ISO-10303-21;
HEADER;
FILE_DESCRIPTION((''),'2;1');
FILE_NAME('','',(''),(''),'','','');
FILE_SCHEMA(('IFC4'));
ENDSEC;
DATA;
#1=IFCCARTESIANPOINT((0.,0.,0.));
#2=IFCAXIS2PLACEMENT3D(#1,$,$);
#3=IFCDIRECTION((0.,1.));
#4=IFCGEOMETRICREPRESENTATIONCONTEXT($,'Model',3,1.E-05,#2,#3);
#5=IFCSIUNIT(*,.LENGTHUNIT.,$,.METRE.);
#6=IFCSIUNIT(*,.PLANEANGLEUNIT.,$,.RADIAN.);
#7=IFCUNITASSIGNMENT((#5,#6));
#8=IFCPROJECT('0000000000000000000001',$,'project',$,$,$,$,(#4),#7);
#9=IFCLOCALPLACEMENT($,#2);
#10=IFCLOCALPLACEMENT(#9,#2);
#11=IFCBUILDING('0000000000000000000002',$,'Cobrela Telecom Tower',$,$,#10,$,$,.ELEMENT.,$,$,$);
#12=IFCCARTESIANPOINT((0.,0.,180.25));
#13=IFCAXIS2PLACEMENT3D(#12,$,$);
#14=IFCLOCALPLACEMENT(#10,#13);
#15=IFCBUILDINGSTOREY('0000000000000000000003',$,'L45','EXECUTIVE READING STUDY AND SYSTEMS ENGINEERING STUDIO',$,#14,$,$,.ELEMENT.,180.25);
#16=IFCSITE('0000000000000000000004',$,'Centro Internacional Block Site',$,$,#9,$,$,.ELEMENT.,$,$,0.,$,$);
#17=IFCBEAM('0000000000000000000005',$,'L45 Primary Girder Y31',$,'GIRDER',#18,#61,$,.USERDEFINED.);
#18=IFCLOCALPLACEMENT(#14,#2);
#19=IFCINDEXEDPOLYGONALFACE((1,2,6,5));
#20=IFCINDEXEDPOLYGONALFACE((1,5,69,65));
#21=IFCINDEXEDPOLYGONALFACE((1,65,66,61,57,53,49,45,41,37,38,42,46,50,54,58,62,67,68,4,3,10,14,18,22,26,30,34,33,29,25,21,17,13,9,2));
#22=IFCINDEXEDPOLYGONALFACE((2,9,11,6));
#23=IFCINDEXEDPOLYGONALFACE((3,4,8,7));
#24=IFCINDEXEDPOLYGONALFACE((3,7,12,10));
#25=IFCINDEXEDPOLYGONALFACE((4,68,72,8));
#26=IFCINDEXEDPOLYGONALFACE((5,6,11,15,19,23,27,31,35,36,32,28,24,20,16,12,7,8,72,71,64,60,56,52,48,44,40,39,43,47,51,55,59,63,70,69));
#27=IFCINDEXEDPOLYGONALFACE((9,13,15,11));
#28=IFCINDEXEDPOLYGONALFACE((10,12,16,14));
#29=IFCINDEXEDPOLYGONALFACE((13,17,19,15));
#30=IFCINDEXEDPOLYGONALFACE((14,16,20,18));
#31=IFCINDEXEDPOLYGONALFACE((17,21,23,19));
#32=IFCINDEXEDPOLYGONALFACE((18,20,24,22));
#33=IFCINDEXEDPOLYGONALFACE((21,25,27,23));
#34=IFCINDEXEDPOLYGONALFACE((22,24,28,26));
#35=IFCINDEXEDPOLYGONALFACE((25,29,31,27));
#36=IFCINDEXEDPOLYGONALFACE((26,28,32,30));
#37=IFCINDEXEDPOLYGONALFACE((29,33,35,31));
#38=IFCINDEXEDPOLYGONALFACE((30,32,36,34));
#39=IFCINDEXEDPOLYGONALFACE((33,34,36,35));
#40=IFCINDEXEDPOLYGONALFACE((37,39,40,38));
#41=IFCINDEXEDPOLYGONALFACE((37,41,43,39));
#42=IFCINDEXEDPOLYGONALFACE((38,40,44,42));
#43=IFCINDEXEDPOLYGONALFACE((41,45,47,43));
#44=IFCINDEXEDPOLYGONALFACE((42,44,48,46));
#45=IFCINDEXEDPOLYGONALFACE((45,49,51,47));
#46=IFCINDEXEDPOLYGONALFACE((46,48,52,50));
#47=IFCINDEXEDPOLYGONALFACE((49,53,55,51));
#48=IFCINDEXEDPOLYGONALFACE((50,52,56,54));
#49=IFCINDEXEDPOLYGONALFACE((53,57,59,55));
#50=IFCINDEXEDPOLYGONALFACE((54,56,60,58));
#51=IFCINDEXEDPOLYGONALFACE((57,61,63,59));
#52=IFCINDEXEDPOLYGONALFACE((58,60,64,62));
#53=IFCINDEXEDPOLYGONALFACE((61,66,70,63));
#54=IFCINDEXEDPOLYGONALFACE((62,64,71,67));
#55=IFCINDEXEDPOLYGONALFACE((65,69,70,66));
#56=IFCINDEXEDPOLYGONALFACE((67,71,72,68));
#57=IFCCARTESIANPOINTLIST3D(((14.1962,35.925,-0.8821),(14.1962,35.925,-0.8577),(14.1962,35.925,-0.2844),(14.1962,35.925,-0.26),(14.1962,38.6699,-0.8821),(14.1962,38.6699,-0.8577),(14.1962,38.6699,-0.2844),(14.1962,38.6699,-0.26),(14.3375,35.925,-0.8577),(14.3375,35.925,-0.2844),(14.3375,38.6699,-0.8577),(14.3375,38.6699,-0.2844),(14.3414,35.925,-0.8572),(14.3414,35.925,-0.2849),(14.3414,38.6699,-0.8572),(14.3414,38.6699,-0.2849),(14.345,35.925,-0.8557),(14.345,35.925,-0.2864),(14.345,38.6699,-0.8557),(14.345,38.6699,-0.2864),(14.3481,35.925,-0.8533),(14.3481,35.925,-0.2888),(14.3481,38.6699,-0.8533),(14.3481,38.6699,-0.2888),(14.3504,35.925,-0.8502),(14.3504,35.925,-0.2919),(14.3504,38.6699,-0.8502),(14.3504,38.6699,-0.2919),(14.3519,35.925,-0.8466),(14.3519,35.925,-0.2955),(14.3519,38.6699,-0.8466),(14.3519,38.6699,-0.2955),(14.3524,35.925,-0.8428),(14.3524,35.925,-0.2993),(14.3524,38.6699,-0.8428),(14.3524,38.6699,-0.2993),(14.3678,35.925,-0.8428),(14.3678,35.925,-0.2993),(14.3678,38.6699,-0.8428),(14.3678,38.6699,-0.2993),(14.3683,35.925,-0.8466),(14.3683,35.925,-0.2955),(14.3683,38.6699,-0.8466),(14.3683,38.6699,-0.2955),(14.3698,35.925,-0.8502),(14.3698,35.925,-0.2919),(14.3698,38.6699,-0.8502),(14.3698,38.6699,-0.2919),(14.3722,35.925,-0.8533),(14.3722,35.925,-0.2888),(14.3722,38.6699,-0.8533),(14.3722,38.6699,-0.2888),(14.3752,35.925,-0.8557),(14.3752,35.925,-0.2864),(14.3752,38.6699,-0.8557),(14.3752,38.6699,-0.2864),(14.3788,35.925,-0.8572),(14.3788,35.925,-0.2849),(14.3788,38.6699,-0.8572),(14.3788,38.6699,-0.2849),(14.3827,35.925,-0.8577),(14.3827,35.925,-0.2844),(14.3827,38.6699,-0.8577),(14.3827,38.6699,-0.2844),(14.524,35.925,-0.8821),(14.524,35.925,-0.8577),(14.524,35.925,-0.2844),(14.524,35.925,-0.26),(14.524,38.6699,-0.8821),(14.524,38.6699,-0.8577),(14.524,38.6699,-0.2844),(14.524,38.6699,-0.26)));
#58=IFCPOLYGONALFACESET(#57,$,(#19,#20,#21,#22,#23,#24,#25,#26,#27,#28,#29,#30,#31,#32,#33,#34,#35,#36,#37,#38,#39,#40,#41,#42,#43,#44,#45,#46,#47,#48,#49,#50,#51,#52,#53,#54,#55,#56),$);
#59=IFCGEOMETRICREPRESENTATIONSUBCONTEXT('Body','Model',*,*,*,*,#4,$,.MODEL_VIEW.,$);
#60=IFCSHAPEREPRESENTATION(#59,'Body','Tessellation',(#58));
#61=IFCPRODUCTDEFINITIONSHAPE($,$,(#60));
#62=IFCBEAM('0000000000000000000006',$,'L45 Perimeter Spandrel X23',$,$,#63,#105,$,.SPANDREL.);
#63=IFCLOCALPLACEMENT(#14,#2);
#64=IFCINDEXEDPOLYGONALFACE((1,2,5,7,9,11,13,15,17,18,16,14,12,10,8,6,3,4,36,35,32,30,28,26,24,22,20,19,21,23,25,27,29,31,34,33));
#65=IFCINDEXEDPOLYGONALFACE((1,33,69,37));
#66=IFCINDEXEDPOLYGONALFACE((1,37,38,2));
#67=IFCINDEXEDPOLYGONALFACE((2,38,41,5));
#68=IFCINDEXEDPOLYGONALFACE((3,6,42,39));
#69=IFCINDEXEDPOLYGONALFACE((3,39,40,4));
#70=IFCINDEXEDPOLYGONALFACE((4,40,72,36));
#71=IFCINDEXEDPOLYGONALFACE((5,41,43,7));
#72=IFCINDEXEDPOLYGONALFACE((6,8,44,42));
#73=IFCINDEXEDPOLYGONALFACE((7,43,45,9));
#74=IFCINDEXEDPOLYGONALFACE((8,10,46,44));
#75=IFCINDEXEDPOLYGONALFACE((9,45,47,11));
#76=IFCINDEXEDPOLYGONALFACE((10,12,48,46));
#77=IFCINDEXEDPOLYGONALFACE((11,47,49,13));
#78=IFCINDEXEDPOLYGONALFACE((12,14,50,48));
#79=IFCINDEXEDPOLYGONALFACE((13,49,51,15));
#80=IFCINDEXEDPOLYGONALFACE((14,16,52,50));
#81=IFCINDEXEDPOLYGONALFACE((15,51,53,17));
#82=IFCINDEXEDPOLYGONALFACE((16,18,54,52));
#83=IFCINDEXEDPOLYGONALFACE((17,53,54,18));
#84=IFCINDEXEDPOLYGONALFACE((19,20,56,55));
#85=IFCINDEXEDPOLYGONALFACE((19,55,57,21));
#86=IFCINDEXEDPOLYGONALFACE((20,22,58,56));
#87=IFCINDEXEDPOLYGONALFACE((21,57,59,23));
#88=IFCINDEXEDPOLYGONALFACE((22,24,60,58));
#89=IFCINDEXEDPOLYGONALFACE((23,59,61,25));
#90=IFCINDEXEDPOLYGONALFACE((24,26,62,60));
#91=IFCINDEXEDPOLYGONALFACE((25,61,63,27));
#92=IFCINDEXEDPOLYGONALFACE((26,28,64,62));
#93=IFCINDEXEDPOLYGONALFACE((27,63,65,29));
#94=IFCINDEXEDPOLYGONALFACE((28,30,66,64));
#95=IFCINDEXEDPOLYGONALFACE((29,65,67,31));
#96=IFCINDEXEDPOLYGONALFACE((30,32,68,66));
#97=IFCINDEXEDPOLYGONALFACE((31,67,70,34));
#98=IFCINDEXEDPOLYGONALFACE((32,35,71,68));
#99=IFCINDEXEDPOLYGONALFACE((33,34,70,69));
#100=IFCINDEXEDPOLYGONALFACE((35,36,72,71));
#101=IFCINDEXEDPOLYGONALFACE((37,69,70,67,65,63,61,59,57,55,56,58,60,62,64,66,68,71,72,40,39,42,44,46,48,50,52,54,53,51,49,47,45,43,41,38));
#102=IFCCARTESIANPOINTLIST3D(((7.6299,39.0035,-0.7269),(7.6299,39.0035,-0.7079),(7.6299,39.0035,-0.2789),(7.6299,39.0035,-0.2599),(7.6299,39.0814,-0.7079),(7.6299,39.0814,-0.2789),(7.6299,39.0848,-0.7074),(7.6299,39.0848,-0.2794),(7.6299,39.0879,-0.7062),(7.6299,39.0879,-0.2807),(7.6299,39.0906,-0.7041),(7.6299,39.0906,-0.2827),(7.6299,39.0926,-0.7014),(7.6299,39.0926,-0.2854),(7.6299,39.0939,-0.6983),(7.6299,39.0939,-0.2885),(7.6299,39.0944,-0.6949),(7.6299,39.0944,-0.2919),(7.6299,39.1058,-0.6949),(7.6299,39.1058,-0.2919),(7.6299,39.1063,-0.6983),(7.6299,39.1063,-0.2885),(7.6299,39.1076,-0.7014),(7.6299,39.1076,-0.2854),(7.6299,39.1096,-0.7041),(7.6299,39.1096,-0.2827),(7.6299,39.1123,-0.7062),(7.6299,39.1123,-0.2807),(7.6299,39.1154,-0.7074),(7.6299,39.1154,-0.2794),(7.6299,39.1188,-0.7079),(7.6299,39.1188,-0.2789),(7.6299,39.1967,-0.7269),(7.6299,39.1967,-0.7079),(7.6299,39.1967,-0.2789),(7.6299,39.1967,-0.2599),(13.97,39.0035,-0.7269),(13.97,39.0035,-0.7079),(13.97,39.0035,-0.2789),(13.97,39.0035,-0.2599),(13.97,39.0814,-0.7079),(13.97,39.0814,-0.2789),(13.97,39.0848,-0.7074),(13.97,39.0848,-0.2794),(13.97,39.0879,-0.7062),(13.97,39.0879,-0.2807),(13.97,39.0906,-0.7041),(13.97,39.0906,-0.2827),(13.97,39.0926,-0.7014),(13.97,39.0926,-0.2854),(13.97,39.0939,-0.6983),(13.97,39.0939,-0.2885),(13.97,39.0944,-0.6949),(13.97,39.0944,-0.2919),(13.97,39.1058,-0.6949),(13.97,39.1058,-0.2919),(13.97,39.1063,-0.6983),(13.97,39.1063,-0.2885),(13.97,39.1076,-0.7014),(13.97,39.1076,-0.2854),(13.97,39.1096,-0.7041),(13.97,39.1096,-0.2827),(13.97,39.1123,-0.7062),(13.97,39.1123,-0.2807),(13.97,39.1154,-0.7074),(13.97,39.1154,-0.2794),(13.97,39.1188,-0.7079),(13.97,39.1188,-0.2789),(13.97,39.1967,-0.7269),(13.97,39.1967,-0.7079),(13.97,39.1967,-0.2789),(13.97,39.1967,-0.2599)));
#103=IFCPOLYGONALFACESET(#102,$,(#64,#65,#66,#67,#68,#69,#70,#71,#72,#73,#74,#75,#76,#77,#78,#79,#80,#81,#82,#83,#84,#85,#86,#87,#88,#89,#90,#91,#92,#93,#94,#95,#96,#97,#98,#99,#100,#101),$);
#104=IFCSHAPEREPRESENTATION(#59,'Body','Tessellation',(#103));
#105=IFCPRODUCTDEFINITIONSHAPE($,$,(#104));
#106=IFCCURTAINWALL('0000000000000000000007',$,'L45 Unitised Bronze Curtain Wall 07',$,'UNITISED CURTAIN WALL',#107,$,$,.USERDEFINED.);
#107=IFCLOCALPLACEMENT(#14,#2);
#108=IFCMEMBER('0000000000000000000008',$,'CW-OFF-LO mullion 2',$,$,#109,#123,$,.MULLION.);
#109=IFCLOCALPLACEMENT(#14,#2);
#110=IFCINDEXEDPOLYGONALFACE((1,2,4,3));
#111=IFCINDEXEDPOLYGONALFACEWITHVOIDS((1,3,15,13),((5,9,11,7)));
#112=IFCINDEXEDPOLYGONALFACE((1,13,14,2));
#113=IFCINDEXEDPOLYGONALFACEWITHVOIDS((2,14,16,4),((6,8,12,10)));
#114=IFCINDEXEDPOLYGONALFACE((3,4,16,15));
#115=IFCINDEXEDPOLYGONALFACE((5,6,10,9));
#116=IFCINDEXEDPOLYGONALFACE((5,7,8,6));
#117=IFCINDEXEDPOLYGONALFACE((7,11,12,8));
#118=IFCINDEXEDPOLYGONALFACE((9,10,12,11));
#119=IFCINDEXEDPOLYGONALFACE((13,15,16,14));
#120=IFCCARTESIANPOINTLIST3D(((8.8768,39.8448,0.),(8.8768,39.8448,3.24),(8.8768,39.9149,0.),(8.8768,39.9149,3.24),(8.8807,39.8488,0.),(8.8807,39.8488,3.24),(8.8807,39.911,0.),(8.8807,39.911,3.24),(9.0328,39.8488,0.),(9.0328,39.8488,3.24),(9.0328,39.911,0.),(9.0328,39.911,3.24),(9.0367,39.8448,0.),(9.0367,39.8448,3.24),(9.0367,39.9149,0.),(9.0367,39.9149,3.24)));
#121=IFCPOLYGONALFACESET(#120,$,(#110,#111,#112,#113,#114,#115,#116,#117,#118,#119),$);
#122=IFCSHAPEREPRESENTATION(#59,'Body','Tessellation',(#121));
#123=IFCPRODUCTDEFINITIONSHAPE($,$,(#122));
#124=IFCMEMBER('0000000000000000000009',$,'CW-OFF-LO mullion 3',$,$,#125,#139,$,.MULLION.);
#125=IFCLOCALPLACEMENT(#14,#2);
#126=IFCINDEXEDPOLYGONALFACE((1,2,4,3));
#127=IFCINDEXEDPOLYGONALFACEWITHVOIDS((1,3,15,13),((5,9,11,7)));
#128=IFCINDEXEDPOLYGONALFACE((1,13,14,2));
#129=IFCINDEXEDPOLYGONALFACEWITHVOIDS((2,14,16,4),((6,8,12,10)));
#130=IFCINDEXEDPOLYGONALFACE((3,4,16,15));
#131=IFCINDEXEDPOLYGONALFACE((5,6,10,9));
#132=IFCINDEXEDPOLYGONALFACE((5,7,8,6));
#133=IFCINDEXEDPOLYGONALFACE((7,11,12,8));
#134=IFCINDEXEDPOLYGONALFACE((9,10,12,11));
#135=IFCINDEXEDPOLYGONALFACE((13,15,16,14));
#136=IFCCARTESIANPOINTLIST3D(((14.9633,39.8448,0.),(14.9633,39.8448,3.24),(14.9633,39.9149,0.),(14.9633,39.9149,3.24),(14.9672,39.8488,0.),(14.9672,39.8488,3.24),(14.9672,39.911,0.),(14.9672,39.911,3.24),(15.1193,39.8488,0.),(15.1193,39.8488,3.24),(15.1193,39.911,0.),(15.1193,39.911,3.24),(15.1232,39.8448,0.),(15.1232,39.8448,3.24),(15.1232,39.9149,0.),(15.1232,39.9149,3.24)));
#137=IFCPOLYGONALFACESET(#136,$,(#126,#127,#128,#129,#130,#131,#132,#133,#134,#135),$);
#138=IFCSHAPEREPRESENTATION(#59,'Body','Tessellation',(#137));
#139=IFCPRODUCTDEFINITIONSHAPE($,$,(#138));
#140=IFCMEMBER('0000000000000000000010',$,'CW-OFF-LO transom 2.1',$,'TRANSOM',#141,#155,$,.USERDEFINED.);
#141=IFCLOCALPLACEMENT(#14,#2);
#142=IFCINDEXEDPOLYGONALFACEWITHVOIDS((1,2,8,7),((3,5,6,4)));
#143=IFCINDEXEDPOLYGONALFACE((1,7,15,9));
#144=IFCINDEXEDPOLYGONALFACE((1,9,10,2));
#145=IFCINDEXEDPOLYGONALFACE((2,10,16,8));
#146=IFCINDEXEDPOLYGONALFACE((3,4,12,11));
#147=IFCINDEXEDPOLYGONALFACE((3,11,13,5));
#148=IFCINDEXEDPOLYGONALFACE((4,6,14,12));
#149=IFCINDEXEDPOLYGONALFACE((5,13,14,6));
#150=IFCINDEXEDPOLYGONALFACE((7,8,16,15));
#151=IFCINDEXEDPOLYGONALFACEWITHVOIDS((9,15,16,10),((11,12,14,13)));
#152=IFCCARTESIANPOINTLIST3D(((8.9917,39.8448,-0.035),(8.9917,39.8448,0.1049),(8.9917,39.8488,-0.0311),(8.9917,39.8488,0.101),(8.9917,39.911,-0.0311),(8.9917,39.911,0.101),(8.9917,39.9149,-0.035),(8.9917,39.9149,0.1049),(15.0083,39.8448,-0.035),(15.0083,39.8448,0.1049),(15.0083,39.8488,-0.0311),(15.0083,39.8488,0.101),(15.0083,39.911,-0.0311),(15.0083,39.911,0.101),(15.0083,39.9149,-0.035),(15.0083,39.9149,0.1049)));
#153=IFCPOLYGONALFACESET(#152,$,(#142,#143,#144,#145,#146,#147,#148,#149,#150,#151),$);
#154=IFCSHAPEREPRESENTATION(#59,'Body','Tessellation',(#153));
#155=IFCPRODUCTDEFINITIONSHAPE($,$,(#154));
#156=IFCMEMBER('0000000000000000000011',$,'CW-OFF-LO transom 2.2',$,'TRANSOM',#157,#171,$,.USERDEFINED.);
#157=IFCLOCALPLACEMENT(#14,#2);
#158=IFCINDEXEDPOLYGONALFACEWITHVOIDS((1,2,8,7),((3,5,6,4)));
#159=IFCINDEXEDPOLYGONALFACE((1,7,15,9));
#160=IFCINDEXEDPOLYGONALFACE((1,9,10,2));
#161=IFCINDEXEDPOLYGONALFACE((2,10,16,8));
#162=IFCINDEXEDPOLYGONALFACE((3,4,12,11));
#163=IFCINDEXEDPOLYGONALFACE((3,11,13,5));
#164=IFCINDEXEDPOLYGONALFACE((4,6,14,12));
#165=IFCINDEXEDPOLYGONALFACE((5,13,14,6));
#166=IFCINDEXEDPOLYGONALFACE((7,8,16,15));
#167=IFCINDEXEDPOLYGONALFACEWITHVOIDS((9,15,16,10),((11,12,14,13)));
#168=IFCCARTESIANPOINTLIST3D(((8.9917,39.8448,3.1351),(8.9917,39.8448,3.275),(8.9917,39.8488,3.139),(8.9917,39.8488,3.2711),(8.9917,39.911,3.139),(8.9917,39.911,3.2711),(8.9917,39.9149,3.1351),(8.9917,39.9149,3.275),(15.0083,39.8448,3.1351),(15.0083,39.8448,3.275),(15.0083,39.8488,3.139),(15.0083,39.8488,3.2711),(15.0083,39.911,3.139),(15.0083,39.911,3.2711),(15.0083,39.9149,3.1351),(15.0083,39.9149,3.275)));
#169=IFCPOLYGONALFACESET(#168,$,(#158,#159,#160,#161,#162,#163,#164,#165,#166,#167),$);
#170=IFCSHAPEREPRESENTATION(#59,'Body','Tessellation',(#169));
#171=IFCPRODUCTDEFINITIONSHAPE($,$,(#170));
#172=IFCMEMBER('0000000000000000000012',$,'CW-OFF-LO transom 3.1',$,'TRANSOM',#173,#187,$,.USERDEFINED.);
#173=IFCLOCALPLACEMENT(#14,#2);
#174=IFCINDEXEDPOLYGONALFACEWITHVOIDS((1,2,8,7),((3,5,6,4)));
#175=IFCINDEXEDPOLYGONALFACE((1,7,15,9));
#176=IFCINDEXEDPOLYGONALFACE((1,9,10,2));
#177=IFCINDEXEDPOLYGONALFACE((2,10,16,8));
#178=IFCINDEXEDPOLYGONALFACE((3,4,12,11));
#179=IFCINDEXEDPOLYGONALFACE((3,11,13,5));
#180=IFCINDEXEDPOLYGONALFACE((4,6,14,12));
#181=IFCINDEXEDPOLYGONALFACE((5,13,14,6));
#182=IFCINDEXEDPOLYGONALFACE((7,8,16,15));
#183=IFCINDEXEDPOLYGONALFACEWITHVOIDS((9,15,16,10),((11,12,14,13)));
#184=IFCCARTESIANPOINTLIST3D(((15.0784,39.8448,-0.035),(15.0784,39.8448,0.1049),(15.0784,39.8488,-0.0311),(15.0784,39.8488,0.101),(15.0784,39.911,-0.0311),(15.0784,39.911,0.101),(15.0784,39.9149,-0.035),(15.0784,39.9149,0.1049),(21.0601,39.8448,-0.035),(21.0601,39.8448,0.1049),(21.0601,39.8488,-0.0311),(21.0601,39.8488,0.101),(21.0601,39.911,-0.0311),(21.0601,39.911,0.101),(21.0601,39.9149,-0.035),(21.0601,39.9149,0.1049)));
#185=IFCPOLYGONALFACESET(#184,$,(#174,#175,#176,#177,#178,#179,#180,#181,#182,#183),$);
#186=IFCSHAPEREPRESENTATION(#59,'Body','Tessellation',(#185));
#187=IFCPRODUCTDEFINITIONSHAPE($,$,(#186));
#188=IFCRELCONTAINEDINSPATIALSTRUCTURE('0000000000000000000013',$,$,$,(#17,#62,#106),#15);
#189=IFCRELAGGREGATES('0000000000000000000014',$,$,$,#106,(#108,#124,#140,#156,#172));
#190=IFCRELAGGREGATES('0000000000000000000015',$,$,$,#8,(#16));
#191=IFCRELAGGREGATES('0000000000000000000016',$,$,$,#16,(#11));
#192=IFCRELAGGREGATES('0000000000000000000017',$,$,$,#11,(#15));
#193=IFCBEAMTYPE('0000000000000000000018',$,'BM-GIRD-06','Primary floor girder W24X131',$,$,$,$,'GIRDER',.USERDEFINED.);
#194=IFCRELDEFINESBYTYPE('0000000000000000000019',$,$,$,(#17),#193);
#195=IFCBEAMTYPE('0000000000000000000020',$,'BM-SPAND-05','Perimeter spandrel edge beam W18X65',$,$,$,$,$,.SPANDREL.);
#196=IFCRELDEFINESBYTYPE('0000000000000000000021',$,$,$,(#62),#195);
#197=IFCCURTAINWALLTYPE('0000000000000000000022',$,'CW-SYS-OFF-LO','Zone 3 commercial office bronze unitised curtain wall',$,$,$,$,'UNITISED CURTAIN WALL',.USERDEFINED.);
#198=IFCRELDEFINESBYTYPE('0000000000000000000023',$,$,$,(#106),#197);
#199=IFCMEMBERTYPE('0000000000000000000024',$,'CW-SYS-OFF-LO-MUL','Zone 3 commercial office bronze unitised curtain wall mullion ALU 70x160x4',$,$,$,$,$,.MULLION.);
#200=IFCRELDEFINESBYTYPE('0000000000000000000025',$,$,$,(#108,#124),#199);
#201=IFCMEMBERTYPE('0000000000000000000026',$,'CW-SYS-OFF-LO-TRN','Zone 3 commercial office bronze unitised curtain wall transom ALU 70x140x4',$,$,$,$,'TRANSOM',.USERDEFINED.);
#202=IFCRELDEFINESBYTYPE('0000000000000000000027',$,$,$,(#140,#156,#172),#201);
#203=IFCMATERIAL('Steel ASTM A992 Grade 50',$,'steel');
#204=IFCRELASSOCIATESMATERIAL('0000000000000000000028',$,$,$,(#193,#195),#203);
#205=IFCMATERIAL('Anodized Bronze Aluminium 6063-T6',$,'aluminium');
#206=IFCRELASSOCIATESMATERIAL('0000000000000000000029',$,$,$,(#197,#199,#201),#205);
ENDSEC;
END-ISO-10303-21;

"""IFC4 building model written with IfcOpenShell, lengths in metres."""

from ifc_helpers import new_model, si_unit, direction, frame, origin, origin_2d, place, context, subcontext, project, spatial, hollow_rectangle, i_section, extrude, material, material_profile, profile_set, type_object, element, aggregate, save


model = new_model("IFC4")

# Units and contexts
model_context = context("Model", 3, precision=1e-05, world=origin(), true_north=direction((0.0, 1.0)))
body_context = subcontext(model_context, "Body", "Model", "MODEL_VIEW")
ifc_project = project(units=[si_unit("LENGTHUNIT", "METRE"), si_unit("PLANEANGLEUNIT", "RADIAN")], contexts=[model_context])

# Site, building, storey
site_placement = place(None, origin())
site = spatial("IfcSite", under=ifc_project, at=site_placement, Name="Centro Internacional Block Site", CompositionType="ELEMENT", RefElevation=0.0)
building_placement = place(site_placement, origin())
building = spatial("IfcBuilding", under=site, at=building_placement, Name="Cobrela Telecom Tower", CompositionType="ELEMENT")
storey_placement = place(building_placement, frame((0.0, 0.0, 180.25)))
storey = spatial("IfcBuildingStorey", under=building, at=storey_placement, Name="L45", Description="EXECUTIVE READING STUDY AND SYSTEMS ENGINEERING STUDIO", CompositionType="ELEMENT", Elevation=180.25)

# Beams
ifc_material_1 = material(Name="Steel ASTM A992 Grade 50", Category="steel")
ifc_material_profile_1 = material_profile(ifc_material_1, i_section(OverallWidth=0.3279, OverallDepth=0.6221, WebThickness=0.0154, FlangeThickness=0.0244, FilletRadius=0.0149, at=origin_2d()), Name="W24X131")
ifc_profile_set_1 = profile_set([ifc_material_profile_1], Name="Steel ASTM A992 Grade 50")
beam_type_1 = type_object("IfcBeamType", Name="BM-GIRD-06", Description="Primary floor girder W24X131", ElementType="GIRDER", PredefinedType="USERDEFINED", material=ifc_profile_set_1)
for number, where, z_axis, x_axis, name in (
    (1, (14.3601, 35.925, -0.571), (0.0, 1.0, 0.0), (-1.0, 0.0, 0.0), "L45 Primary Girder Y31"),
):
    element("IfcBeam", number, at=place(storey_placement, frame(where, z_axis=z_axis, x_axis=x_axis)), inside=storey, type_object=beam_type_1, Name=name, ObjectType="GIRDER", PredefinedType="USERDEFINED", context=body_context, shape_type="SweptSolid", body=[
        extrude(i_section(OverallWidth=0.3279, OverallDepth=0.6221, WebThickness=0.0154, FlangeThickness=0.0244, FilletRadius=0.0149, at=origin_2d()), origin(), (0.0, 0.0, 1.0), 2.7449),
    ])
ifc_material_profile_2 = material_profile(ifc_material_1, i_section(OverallWidth=0.1931, OverallDepth=0.467, WebThickness=0.0115, FlangeThickness=0.019, FilletRadius=0.0129, at=origin_2d()), Name="W18X65")
ifc_profile_set_2 = profile_set([ifc_material_profile_2], Name="Steel ASTM A992 Grade 50")
beam_type_2 = type_object("IfcBeamType", Name="BM-SPAND-05", Description="Perimeter spandrel edge beam W18X65", PredefinedType="SPANDREL", material=ifc_profile_set_2)
beam_1_placement = place(storey_placement, frame((7.6299, 39.1001, -0.4934), z_axis=(1.0, 0.0, 0.0), x_axis=(0.0, 1.0, 0.0)))
element("IfcBeam", 2, at=beam_1_placement, inside=storey, type_object=beam_type_2, Name="L45 Perimeter Spandrel X23", PredefinedType="SPANDREL", context=body_context, shape_type="SweptSolid", body=[
    extrude(i_section(OverallWidth=0.1931, OverallDepth=0.467, WebThickness=0.0115, FlangeThickness=0.019, FilletRadius=0.0129, at=origin_2d()), origin(), (0.0, 0.0, 1.0), 6.3401),
])

# Curtain wall, members
ifc_material_2 = material(Name="Anodized Bronze Aluminium 6063-T6", Category="aluminium")
curtain_wall_type = type_object("IfcCurtainWallType", Name="CW-SYS-OFF-LO", Description="Zone 3 commercial office bronze unitised curtain wall", ElementType="UNITISED CURTAIN WALL", PredefinedType="USERDEFINED", material=ifc_material_2)
curtain_wall_placement = place(storey_placement, origin())
curtain_wall = element("IfcCurtainWall", 3, at=curtain_wall_placement, inside=storey, type_object=curtain_wall_type, Name="L45 Unitised Bronze Curtain Wall 07", ObjectType="UNITISED CURTAIN WALL", PredefinedType="USERDEFINED")
ifc_material_profile_3 = material_profile(ifc_material_2, hollow_rectangle(XDim=0.0701, YDim=0.1599, WallThickness=0.0039, at=origin_2d()), Name="ALU 70x160x4")
ifc_profile_set_3 = profile_set([ifc_material_profile_3], Name="Anodized Bronze Aluminium 6063-T6")
member_type_1 = type_object("IfcMemberType", Name="CW-SYS-OFF-LO-MUL", Description="Zone 3 commercial office bronze unitised curtain wall mullion ALU 70x160x4", PredefinedType="MULLION", material=ifc_profile_set_3)
member_1_placement = place(storey_placement, frame((8.9568, 39.8799, 0.0), z_axis=(0.0, 0.0, 1.0), x_axis=(0.0, 1.0, 0.0)))
member_1 = element("IfcMember", 4, at=member_1_placement, type_object=member_type_1, Name="CW-OFF-LO mullion 2", PredefinedType="MULLION", context=body_context, shape_type="SweptSolid", body=[
    extrude(hollow_rectangle(XDim=0.0701, YDim=0.1599, WallThickness=0.0039, at=origin_2d()), origin(), (0.0, 0.0, 1.0), 3.24),
])
member_2_placement = place(storey_placement, frame((15.0432, 39.8799, 0.0), z_axis=(0.0, 0.0, 1.0), x_axis=(0.0, 1.0, 0.0)))
member_2 = element("IfcMember", 5, at=member_2_placement, type_object=member_type_1, Name="CW-OFF-LO mullion 3", PredefinedType="MULLION", context=body_context, shape_type="SweptSolid", body=[
    extrude(hollow_rectangle(XDim=0.0701, YDim=0.1599, WallThickness=0.0039, at=origin_2d()), origin(), (0.0, 0.0, 1.0), 3.24),
])
ifc_material_profile_4 = material_profile(ifc_material_2, hollow_rectangle(XDim=0.0701, YDim=0.1399, WallThickness=0.0039, at=origin_2d()), Name="ALU 70x140x4")
ifc_profile_set_4 = profile_set([ifc_material_profile_4], Name="Anodized Bronze Aluminium 6063-T6")
member_type_2 = type_object("IfcMemberType", Name="CW-SYS-OFF-LO-TRN", Description="Zone 3 commercial office bronze unitised curtain wall transom ALU 70x140x4", ElementType="TRANSOM", PredefinedType="USERDEFINED", material=ifc_profile_set_4)
member_3_placement = place(storey_placement, frame((8.9917, 39.8799, 0.0349), z_axis=(1.0, 0.0, 0.0), x_axis=(0.0, 1.0, 0.0)))
member_3 = element("IfcMember", 6, at=member_3_placement, type_object=member_type_2, Name="CW-OFF-LO transom 2.1", ObjectType="TRANSOM", PredefinedType="USERDEFINED", context=body_context, shape_type="SweptSolid", body=[
    extrude(hollow_rectangle(XDim=0.0701, YDim=0.1399, WallThickness=0.0039, at=origin_2d()), origin(), (0.0, 0.0, 1.0), 6.0166),
])
member_4_placement = place(storey_placement, frame((8.9917, 39.8799, 3.2051), z_axis=(1.0, 0.0, 0.0), x_axis=(0.0, 1.0, 0.0)))
member_4 = element("IfcMember", 7, at=member_4_placement, type_object=member_type_2, Name="CW-OFF-LO transom 2.2", ObjectType="TRANSOM", PredefinedType="USERDEFINED", context=body_context, shape_type="SweptSolid", body=[
    extrude(hollow_rectangle(XDim=0.0701, YDim=0.1399, WallThickness=0.0039, at=origin_2d()), origin(), (0.0, 0.0, 1.0), 6.0166),
])
member_5_placement = place(storey_placement, frame((15.0784, 39.8799, 0.0349), z_axis=(1.0, 0.0, 0.0), x_axis=(0.0, 1.0, 0.0)))
member_5 = element("IfcMember", 8, at=member_5_placement, type_object=member_type_2, Name="CW-OFF-LO transom 3.1", ObjectType="TRANSOM", PredefinedType="USERDEFINED", context=body_context, shape_type="SweptSolid", body=[
    extrude(hollow_rectangle(XDim=0.0701, YDim=0.1399, WallThickness=0.0039, at=origin_2d()), origin(), (0.0, 0.0, 1.0), 5.9817),
])
aggregate(curtain_wall, [member_1, member_2, member_3, member_4, member_5])

save(model, "model.ifc")
